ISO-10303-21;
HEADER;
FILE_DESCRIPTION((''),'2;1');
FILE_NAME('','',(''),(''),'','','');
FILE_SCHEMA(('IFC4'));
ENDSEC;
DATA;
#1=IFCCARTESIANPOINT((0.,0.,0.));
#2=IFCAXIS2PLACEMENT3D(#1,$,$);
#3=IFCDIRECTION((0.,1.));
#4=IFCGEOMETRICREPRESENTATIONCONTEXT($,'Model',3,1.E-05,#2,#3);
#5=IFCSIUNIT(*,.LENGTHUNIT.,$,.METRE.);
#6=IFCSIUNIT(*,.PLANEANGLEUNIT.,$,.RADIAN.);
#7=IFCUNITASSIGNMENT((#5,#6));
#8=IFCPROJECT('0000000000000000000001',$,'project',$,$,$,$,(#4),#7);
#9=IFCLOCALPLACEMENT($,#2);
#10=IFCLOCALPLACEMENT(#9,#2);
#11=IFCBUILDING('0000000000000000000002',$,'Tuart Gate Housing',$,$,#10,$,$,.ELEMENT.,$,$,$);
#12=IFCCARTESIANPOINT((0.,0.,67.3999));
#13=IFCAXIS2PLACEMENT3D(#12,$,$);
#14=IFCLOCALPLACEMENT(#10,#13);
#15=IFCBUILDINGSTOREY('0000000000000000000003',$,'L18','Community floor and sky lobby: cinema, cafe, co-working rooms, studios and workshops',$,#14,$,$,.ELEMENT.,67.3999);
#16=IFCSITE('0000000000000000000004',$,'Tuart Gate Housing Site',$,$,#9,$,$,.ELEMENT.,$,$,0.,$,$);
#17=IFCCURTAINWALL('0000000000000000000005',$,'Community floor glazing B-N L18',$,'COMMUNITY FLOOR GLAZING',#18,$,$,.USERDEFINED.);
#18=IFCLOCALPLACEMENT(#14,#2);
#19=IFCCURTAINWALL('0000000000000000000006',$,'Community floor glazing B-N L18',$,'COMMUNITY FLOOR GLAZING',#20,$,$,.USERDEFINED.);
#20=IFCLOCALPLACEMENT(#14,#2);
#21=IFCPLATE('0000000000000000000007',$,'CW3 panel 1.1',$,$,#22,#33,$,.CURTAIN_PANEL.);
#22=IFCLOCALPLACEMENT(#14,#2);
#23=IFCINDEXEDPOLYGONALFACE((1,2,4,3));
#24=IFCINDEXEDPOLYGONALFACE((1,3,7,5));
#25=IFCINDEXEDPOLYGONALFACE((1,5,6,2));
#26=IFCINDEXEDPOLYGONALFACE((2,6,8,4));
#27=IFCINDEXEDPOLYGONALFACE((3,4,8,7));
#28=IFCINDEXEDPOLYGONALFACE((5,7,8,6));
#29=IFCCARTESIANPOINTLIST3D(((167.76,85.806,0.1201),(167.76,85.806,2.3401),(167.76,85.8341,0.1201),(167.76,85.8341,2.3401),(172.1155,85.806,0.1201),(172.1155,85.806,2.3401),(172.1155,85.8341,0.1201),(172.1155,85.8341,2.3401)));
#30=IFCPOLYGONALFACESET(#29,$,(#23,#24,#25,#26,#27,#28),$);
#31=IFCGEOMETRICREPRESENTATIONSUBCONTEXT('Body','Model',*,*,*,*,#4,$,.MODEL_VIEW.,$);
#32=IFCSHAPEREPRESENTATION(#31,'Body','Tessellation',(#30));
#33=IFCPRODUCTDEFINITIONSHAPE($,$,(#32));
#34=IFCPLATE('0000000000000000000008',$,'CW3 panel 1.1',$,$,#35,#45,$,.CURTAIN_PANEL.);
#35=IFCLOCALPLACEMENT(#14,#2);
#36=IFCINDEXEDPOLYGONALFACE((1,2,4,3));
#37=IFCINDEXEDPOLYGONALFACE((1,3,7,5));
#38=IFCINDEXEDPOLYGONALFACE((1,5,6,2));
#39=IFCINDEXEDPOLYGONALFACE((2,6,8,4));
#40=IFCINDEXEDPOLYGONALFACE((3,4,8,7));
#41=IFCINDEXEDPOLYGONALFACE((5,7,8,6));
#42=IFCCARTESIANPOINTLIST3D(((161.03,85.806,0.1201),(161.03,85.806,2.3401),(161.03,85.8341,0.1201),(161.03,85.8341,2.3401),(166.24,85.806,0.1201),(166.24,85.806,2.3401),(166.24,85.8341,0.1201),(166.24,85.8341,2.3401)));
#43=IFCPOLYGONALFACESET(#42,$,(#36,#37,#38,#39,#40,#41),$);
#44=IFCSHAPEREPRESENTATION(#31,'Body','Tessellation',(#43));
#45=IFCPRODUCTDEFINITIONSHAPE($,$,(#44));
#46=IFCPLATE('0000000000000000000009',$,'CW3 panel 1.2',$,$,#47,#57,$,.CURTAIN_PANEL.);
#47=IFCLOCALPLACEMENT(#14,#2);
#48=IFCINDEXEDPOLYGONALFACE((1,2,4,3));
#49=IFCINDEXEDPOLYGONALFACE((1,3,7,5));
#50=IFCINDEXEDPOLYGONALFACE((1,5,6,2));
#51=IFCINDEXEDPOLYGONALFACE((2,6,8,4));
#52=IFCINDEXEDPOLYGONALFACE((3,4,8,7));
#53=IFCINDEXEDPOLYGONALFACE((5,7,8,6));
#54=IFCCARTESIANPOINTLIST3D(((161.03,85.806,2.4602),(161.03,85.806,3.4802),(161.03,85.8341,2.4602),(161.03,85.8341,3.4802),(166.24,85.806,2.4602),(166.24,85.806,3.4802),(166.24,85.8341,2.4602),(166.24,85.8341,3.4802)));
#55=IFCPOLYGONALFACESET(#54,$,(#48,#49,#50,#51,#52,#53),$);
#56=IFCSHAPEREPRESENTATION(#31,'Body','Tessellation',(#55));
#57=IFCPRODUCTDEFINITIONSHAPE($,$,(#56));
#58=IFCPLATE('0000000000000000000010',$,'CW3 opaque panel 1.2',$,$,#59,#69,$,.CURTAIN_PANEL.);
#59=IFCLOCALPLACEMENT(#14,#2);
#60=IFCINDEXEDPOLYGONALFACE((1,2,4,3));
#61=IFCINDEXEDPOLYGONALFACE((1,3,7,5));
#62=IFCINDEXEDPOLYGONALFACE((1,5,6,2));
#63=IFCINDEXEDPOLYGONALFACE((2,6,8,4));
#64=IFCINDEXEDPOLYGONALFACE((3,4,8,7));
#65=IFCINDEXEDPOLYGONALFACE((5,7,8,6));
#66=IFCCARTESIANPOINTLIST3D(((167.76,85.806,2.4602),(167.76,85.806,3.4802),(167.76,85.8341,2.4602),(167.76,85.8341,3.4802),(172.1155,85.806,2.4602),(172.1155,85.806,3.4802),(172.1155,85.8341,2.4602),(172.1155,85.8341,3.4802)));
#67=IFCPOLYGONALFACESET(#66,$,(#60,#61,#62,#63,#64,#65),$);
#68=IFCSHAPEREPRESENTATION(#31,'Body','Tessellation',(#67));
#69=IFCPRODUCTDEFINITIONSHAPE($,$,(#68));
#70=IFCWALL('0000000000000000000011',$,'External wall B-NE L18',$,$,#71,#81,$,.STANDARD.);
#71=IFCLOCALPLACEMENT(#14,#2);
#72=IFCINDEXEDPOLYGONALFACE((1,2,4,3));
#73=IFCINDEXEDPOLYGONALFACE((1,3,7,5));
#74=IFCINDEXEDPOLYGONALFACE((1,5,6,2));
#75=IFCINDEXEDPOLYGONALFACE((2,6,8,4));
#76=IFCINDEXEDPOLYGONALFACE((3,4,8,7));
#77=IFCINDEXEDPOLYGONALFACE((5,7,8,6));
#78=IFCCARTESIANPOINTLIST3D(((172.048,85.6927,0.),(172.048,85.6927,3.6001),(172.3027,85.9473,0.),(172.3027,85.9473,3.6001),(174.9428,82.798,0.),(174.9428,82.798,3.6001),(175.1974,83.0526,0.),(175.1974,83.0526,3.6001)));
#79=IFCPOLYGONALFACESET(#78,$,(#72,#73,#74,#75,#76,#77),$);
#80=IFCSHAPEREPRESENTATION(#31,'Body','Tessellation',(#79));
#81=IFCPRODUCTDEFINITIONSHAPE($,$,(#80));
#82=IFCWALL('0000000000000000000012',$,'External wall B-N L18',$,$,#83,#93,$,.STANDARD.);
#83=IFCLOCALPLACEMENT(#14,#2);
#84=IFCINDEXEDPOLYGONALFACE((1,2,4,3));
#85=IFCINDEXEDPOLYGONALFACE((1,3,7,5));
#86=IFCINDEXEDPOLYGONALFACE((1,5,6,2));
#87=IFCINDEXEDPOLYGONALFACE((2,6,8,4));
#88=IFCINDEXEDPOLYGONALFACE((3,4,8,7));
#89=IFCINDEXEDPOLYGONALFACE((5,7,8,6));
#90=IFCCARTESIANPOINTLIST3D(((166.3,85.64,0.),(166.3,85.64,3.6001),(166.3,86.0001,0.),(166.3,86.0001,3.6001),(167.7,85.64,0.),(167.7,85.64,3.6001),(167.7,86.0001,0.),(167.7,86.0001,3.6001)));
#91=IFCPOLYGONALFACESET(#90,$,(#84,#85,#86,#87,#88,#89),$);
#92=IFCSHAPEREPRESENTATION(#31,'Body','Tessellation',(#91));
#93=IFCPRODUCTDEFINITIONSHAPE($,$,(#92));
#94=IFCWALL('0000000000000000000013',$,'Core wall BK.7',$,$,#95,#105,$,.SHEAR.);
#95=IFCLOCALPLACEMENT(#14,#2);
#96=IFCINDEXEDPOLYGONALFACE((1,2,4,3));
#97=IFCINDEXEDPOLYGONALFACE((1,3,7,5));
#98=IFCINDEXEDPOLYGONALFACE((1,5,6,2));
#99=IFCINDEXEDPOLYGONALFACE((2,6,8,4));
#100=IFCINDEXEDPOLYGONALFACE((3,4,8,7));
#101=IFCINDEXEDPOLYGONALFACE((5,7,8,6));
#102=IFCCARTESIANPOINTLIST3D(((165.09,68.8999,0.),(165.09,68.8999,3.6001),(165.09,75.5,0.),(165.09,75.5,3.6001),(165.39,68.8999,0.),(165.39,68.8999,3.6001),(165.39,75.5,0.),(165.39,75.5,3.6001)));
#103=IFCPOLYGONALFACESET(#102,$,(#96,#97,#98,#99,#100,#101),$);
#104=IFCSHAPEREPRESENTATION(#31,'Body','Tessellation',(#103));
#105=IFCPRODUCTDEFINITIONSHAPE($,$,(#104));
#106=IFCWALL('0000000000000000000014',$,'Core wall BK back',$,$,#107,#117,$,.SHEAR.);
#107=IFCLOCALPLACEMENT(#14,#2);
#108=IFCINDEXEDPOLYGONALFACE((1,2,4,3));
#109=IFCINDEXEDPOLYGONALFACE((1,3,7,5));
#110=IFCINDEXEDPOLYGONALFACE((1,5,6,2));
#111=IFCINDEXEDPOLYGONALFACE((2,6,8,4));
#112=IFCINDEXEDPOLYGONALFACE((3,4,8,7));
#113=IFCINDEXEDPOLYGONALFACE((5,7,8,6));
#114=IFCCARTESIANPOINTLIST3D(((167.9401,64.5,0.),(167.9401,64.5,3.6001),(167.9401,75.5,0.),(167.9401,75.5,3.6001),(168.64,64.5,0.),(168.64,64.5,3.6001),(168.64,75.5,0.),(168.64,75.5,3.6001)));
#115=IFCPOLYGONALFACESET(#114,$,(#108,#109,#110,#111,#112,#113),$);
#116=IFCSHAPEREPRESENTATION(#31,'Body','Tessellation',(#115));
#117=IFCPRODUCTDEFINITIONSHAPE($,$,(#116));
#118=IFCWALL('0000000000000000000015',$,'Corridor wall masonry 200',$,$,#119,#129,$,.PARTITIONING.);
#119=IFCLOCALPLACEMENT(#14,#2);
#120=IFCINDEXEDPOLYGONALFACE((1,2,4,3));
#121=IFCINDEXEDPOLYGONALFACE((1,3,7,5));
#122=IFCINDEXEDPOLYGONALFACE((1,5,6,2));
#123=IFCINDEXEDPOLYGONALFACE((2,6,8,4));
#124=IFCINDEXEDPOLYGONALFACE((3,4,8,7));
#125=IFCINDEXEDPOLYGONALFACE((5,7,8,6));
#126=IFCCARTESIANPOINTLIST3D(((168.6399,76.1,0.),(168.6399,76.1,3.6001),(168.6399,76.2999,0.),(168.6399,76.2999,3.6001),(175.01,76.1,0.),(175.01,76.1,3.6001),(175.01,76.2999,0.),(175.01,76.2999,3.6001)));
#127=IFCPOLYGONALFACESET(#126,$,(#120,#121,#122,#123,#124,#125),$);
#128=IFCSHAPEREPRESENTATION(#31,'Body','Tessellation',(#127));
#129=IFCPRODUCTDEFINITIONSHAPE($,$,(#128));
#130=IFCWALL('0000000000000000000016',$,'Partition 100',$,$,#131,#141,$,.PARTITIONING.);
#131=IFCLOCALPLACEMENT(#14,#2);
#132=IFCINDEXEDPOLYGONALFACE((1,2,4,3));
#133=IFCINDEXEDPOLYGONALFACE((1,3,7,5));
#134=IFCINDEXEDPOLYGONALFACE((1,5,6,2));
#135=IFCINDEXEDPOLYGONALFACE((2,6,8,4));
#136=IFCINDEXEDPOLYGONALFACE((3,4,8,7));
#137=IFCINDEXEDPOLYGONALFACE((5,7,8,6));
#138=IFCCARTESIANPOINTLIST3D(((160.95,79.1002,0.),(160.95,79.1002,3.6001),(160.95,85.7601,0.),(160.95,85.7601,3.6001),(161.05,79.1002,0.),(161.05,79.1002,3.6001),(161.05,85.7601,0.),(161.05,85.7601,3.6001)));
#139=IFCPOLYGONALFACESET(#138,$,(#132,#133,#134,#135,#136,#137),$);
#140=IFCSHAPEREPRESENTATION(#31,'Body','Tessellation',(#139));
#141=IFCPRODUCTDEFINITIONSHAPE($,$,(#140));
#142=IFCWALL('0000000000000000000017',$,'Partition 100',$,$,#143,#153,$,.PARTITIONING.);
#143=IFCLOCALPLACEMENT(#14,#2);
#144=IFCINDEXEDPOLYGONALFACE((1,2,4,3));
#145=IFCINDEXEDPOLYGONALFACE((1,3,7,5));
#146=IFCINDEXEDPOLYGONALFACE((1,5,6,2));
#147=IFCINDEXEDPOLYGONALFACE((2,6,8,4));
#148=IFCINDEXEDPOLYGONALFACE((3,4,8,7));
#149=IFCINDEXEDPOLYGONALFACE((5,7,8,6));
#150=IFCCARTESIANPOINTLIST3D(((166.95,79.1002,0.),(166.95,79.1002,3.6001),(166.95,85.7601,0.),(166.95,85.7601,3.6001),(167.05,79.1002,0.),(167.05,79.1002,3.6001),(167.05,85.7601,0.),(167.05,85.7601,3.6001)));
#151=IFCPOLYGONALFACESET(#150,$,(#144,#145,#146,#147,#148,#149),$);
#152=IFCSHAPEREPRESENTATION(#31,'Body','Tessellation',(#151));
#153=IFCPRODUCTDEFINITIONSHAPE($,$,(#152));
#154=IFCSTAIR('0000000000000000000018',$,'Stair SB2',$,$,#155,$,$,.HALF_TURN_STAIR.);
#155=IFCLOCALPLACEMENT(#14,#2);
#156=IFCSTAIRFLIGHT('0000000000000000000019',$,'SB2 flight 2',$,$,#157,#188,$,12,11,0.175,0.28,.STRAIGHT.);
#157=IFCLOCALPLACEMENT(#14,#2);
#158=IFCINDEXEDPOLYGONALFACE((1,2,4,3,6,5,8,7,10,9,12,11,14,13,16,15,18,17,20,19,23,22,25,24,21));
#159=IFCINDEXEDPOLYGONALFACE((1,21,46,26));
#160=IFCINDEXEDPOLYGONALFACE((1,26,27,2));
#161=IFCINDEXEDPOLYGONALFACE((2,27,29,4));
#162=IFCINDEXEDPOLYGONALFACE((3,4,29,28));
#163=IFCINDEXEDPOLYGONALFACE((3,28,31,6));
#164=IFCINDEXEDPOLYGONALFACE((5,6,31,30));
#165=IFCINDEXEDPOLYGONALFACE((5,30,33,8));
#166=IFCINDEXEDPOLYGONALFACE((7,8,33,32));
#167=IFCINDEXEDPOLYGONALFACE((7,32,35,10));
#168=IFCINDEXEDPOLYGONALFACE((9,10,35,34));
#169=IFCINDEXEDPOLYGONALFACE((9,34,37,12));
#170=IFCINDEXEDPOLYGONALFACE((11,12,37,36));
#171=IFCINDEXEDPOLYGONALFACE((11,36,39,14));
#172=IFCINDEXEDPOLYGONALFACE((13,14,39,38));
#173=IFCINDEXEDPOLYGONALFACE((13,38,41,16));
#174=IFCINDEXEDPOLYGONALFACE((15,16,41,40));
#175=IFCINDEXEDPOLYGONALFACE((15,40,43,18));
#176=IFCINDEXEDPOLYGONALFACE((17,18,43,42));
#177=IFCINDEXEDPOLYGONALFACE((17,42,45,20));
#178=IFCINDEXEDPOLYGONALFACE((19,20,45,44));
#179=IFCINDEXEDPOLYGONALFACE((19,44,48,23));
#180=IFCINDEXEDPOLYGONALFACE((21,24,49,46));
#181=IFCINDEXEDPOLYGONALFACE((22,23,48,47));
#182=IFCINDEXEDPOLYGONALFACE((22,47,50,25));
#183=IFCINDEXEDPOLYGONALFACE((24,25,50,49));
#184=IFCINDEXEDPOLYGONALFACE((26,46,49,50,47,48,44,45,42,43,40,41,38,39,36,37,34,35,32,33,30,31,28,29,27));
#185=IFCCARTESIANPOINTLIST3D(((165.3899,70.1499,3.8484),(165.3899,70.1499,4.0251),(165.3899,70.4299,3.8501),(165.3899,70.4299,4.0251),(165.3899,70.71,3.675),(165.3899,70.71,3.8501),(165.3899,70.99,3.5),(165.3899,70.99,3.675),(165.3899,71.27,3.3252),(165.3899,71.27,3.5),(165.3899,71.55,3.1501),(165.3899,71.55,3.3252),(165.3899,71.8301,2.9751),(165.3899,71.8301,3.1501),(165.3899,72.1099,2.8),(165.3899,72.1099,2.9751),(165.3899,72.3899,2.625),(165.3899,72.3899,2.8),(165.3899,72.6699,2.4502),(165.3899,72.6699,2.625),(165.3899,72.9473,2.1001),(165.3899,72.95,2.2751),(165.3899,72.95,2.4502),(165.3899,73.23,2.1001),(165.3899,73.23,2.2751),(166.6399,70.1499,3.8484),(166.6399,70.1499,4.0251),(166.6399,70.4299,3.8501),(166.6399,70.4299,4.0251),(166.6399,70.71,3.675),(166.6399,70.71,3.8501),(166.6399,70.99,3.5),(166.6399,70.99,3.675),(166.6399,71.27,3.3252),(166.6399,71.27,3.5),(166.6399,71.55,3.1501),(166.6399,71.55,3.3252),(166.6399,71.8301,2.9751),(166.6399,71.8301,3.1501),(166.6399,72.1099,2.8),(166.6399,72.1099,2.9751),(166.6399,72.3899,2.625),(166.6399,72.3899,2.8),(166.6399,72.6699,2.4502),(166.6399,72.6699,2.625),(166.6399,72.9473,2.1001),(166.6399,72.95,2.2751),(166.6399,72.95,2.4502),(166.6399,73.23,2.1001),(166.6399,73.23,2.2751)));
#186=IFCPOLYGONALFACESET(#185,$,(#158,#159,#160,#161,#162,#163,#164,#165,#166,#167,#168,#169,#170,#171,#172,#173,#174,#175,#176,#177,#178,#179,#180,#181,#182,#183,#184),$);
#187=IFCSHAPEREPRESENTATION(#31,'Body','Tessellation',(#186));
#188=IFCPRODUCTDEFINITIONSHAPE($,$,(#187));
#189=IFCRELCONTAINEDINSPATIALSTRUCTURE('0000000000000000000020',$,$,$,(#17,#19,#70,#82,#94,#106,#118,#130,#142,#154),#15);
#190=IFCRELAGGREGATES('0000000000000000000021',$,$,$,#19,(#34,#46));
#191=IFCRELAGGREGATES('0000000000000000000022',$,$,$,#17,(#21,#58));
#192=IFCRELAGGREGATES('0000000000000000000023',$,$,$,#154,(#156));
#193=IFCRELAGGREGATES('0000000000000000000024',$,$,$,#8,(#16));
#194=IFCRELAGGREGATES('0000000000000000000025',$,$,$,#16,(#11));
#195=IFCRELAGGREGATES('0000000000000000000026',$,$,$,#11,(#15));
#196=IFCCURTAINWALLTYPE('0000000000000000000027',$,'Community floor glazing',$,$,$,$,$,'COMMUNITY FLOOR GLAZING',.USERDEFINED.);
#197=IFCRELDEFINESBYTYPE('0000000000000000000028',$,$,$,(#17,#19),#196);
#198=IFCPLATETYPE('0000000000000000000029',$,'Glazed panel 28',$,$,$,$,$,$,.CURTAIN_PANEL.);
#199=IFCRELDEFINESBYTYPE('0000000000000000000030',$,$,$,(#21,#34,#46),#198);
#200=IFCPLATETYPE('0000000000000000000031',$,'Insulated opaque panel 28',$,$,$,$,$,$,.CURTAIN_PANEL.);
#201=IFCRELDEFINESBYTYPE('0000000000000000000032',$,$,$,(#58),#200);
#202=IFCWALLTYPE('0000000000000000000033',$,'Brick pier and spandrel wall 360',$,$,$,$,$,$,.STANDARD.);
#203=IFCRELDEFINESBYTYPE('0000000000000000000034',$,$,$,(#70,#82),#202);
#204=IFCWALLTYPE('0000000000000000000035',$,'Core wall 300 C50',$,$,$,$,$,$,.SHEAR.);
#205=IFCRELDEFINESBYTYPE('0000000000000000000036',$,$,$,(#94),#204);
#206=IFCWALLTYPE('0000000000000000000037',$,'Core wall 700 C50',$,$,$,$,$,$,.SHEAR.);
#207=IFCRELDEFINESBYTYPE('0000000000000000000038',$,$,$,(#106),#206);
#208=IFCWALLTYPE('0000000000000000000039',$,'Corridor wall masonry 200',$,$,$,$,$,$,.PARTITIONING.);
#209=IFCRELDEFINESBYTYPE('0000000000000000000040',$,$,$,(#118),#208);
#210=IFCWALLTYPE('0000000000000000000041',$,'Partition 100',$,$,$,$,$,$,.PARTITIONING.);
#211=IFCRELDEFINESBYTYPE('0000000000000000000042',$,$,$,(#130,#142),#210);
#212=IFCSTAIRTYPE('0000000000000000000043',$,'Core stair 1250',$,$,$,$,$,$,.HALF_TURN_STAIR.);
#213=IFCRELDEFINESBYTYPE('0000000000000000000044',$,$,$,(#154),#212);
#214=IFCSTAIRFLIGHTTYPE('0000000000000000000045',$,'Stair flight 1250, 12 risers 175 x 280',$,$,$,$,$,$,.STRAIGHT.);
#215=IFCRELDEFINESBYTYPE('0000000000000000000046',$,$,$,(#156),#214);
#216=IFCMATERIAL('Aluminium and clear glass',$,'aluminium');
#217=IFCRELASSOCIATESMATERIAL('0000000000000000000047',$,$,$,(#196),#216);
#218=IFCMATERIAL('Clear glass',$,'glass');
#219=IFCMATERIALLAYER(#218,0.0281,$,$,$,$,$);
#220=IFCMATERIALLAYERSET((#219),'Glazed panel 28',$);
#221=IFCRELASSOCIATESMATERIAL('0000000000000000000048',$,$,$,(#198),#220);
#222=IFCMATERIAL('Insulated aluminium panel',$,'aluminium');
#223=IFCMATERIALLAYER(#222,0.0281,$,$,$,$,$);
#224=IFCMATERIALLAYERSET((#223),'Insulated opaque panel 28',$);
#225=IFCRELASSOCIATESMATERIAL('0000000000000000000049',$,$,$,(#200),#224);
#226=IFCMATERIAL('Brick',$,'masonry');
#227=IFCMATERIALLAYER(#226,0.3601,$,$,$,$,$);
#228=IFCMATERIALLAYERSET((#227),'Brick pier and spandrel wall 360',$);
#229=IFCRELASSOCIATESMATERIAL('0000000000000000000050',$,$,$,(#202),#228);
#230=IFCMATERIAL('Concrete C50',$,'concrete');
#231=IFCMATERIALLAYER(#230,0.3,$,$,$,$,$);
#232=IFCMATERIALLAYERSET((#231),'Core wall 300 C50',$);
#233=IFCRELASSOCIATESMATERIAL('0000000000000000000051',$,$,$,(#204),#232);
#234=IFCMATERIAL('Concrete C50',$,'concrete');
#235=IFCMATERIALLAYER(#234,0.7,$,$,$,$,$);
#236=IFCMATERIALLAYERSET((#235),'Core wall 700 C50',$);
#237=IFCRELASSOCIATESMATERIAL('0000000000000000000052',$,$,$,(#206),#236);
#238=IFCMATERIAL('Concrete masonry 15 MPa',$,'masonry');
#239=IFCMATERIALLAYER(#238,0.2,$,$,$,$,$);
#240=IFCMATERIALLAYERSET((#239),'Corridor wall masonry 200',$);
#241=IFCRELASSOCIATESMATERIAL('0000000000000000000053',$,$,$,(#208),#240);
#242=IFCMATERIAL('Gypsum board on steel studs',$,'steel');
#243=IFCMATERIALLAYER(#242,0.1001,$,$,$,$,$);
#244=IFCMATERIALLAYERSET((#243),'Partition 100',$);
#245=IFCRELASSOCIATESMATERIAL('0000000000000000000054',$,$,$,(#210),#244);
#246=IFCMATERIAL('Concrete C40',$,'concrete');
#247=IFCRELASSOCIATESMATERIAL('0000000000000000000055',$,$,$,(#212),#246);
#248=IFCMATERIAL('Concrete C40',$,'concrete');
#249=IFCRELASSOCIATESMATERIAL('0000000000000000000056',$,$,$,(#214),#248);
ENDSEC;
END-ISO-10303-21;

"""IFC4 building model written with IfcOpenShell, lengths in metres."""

from ifc_helpers import new_model, si_unit, direction, frame, frame_2d, origin, origin_2d, place, context, subcontext, project, spatial, polyline, rectangle, outline, extrude, material, layer, layer_set, type_object, element, aggregate, save


model = new_model("IFC4")

# Units and contexts
model_context = context("Model", 3, precision=1e-05, world=origin(), true_north=direction((0.0, 1.0)))
body_context = subcontext(model_context, "Body", "Model", "MODEL_VIEW")
ifc_project = project(units=[si_unit("LENGTHUNIT", "METRE"), si_unit("PLANEANGLEUNIT", "RADIAN")], contexts=[model_context])

# Site, building, storey
site_placement = place(None, origin())
site = spatial("IfcSite", under=ifc_project, at=site_placement, Name="Tuart Gate Housing Site", CompositionType="ELEMENT", RefElevation=0.0)
building_placement = place(site_placement, origin())
building = spatial("IfcBuilding", under=site, at=building_placement, Name="Tuart Gate Housing", CompositionType="ELEMENT")
storey_placement = place(building_placement, frame((0.0, 0.0, 67.3999)))
storey = spatial("IfcBuildingStorey", under=building, at=storey_placement, Name="L18", Description="Community floor and sky lobby: cinema, cafe, co-working rooms, studios and workshops", CompositionType="ELEMENT", Elevation=67.3999)

# Curtain walls
ifc_material_1 = material(Name="Aluminium and clear glass", Category="aluminium")
curtain_wall_type = type_object("IfcCurtainWallType", Name="Community floor glazing", ElementType="COMMUNITY FLOOR GLAZING", PredefinedType="USERDEFINED", material=ifc_material_1)
curtain_wall_1_placement = place(storey_placement, origin())
curtain_wall_1 = element("IfcCurtainWall", 1, at=curtain_wall_1_placement, inside=storey, type_object=curtain_wall_type, Name="Community floor glazing B-N L18", ObjectType="COMMUNITY FLOOR GLAZING", PredefinedType="USERDEFINED")
curtain_wall_2_placement = place(storey_placement, origin())
curtain_wall_2 = element("IfcCurtainWall", 2, at=curtain_wall_2_placement, inside=storey, type_object=curtain_wall_type, Name="Community floor glazing B-N L18", ObjectType="COMMUNITY FLOOR GLAZING", PredefinedType="USERDEFINED")

# Plates
ifc_material_2 = material(Name="Clear glass", Category="glass")
ifc_layer_1 = layer(ifc_material_2, 0.0281)
ifc_layer_set_1 = layer_set([ifc_layer_1], Name="Glazed panel 28")
plate_type_1 = type_object("IfcPlateType", Name="Glazed panel 28", PredefinedType="CURTAIN_PANEL", material=ifc_layer_set_1)
plate_1_placement = place(storey_placement, frame((169.9377, 85.8201, 0.1201), z_axis=(0.0, 0.0, 1.0), x_axis=(-1.0, 0.0, 0.0)))
plate_1 = element("IfcPlate", 3, at=plate_1_placement, type_object=plate_type_1, Name="CW3 panel 1.1", PredefinedType="CURTAIN_PANEL", context=body_context, shape_type="SweptSolid", body=[
    extrude(rectangle(XDim=4.3555, YDim=0.0281, at=origin_2d()), origin(), (0.0, 0.0, 1.0), 2.22),
])
plate_2_placement = place(storey_placement, frame((163.635, 85.8201, 0.1201), z_axis=(0.0, 0.0, 1.0), x_axis=(-1.0, 0.0, 0.0)))
plate_2 = element("IfcPlate", 4, at=plate_2_placement, type_object=plate_type_1, Name="CW3 panel 1.1", PredefinedType="CURTAIN_PANEL", context=body_context, shape_type="SweptSolid", body=[
    extrude(rectangle(XDim=5.21, YDim=0.0281, at=origin_2d()), origin(), (0.0, 0.0, 1.0), 2.22),
])
plate_3_placement = place(storey_placement, frame((163.635, 85.8201, 2.4602), z_axis=(0.0, 0.0, 1.0), x_axis=(-1.0, 0.0, 0.0)))
plate_3 = element("IfcPlate", 5, at=plate_3_placement, type_object=plate_type_1, Name="CW3 panel 1.2", PredefinedType="CURTAIN_PANEL", context=body_context, shape_type="SweptSolid", body=[
    extrude(rectangle(XDim=5.21, YDim=0.0281, at=origin_2d()), origin(), (0.0, 0.0, 1.0), 1.02),
])
aggregate(curtain_wall_2, [plate_2, plate_3])
ifc_material_3 = material(Name="Insulated aluminium panel", Category="aluminium")
ifc_layer_2 = layer(ifc_material_3, 0.0281)
ifc_layer_set_2 = layer_set([ifc_layer_2], Name="Insulated opaque panel 28")
plate_type_2 = type_object("IfcPlateType", Name="Insulated opaque panel 28", PredefinedType="CURTAIN_PANEL", material=ifc_layer_set_2)
plate_4_placement = place(storey_placement, frame((169.9377, 85.8201, 2.4602), z_axis=(0.0, 0.0, 1.0), x_axis=(-1.0, 0.0, 0.0)))
plate_4 = element("IfcPlate", 6, at=plate_4_placement, type_object=plate_type_2, Name="CW3 opaque panel 1.2", PredefinedType="CURTAIN_PANEL", context=body_context, shape_type="SweptSolid", body=[
    extrude(rectangle(XDim=4.3555, YDim=0.0281, at=origin_2d()), origin(), (0.0, 0.0, 1.0), 1.02),
])
aggregate(curtain_wall_1, [plate_1, plate_4])

# Walls
ifc_material_4 = material(Name="Brick", Category="masonry")
ifc_layer_3 = layer(ifc_material_4, 0.3601)
ifc_layer_set_3 = layer_set([ifc_layer_3], Name="Brick pier and spandrel wall 360")
wall_type_1 = type_object("IfcWallType", Name="Brick pier and spandrel wall 360", PredefinedType="STANDARD", material=ifc_layer_set_3)
wall_1_placement = place(storey_placement, frame((175.0701, 82.9253, 0.0), z_axis=(0.0, 0.0, 1.0), x_axis=(-0.707107, 0.707107, 0.0)))
element("IfcWall", 7, at=wall_1_placement, inside=storey, type_object=wall_type_1, Name="External wall B-NE L18", PredefinedType="STANDARD", context=body_context, shape_type="SweptSolid", body=[
    extrude(rectangle(XDim=4.0938, YDim=0.3601, at=frame_2d((2.0469, 0.0))), origin(), (0.0, 0.0, 1.0), 3.6001),
])
wall_2_placement = place(storey_placement, frame((167.7, 85.8201, 0.0), z_axis=(0.0, 0.0, 1.0), x_axis=(-1.0, 0.0, 0.0)))
element("IfcWall", 8, at=wall_2_placement, inside=storey, type_object=wall_type_1, Name="External wall B-N L18", PredefinedType="STANDARD", context=body_context, shape_type="SweptSolid", body=[
    extrude(rectangle(XDim=1.3999, YDim=0.3601, at=frame_2d((0.7, 0.0))), origin(), (0.0, 0.0, 1.0), 3.6001),
])
ifc_material_5 = material(Name="Concrete C50", Category="concrete")
ifc_layer_4 = layer(ifc_material_5, 0.3)
ifc_layer_set_4 = layer_set([ifc_layer_4], Name="Core wall 300 C50")
wall_type_2 = type_object("IfcWallType", Name="Core wall 300 C50", PredefinedType="SHEAR", material=ifc_layer_set_4)
wall_3_placement = place(storey_placement, frame((165.24, 75.5, 0.0), z_axis=(0.0, 0.0, 1.0), x_axis=(0.0, -1.0, 0.0)))
element("IfcWall", 9, at=wall_3_placement, inside=storey, type_object=wall_type_2, Name="Core wall BK.7", PredefinedType="SHEAR", context=body_context, shape_type="SweptSolid", body=[
    extrude(rectangle(XDim=6.6001, YDim=0.3, at=frame_2d((3.3, 0.0))), origin(), (0.0, 0.0, 1.0), 3.6001),
])
ifc_material_6 = material(Name="Concrete C50", Category="concrete")
ifc_layer_5 = layer(ifc_material_6, 0.7)
ifc_layer_set_5 = layer_set([ifc_layer_5], Name="Core wall 700 C50")
wall_type_3 = type_object("IfcWallType", Name="Core wall 700 C50", PredefinedType="SHEAR", material=ifc_layer_set_5)
wall_4_placement = place(storey_placement, frame((168.29, 75.5, 0.0), z_axis=(0.0, 0.0, 1.0), x_axis=(0.0, -1.0, 0.0)))
element("IfcWall", 10, at=wall_4_placement, inside=storey, type_object=wall_type_3, Name="Core wall BK back", PredefinedType="SHEAR", context=body_context, shape_type="SweptSolid", body=[
    extrude(rectangle(XDim=11.0, YDim=0.7, at=frame_2d((5.5, 0.0))), origin(), (0.0, 0.0, 1.0), 3.6001),
])
ifc_material_7 = material(Name="Concrete masonry 15 MPa", Category="masonry")
ifc_layer_6 = layer(ifc_material_7, 0.2)
ifc_layer_set_6 = layer_set([ifc_layer_6], Name="Corridor wall masonry 200")
wall_type_4 = type_object("IfcWallType", Name="Corridor wall masonry 200", PredefinedType="PARTITIONING", material=ifc_layer_set_6)
wall_5_placement = place(storey_placement, frame((168.6399, 76.2, 0.0), z_axis=(0.0, 0.0, 1.0), x_axis=(1.0, 0.0, 0.0)))
element("IfcWall", 11, at=wall_5_placement, inside=storey, type_object=wall_type_4, Name="Corridor wall masonry 200", PredefinedType="PARTITIONING", context=body_context, shape_type="SweptSolid", body=[
    extrude(rectangle(XDim=6.3701, YDim=0.2, at=frame_2d((3.1851, 0.0))), origin(), (0.0, 0.0, 1.0), 3.6001),
])
ifc_material_8 = material(Name="Gypsum board on steel studs", Category="steel")
ifc_layer_7 = layer(ifc_material_8, 0.1001)
ifc_layer_set_7 = layer_set([ifc_layer_7], Name="Partition 100")
wall_type_5 = type_object("IfcWallType", Name="Partition 100", PredefinedType="PARTITIONING", material=ifc_layer_set_7)
for number, where, z_axis, x_axis, name in (
    (12, (161.0, 79.1001, 0.0), (0.0, 0.0, 1.0), (0.0, 1.0, 0.0), "Partition 100"),
    (13, (167.0, 79.1001, 0.0), (0.0, 0.0, 1.0), (0.0, 1.0, 0.0), "Partition 100"),
):
    element("IfcWall", number, at=place(storey_placement, frame(where, z_axis=z_axis, x_axis=x_axis)), inside=storey, type_object=wall_type_5, Name=name, PredefinedType="PARTITIONING", context=body_context, shape_type="SweptSolid", body=[
        extrude(rectangle(XDim=6.6599, YDim=0.1001, at=frame_2d((3.3301, 0.0))), origin(), (0.0, 0.0, 1.0), 3.6001),
    ])

# Stair, stair flight
ifc_material_9 = material(Name="Concrete C40", Category="concrete")
stair_type = type_object("IfcStairType", Name="Core stair 1250", PredefinedType="HALF_TURN_STAIR", material=ifc_material_9)
stair_placement = place(storey_placement, origin())
stair = element("IfcStair", 14, at=stair_placement, inside=storey, type_object=stair_type, Name="Stair SB2", PredefinedType="HALF_TURN_STAIR")
ifc_material_10 = material(Name="Concrete C40", Category="concrete")
stair_flight_type = type_object("IfcStairFlightType", Name="Stair flight 1250, 12 risers 175 x 280", PredefinedType="STRAIGHT", material=ifc_material_10)
stair_flight_placement = place(storey_placement, frame((166.0149, 73.23, 2.1001), z_axis=(0.0, 0.0, 1.0), x_axis=(0.0, -1.0, 0.0)))
stair_flight = element("IfcStairFlight", 15, at=stair_flight_placement, type_object=stair_flight_type, Name="SB2 flight 2", NumberOfRisers=12, NumberOfTreads=11, PredefinedType="STRAIGHT", RiserHeight=0.175, TreadLength=0.28, context=body_context, shape_type="SweptSolid", body=[
    extrude(outline(polyline([(0.0, 0.0), (0.0, 0.175), (0.28, 0.175), (0.28, 0.3501), (0.5601, 0.3501), (0.5601, 0.5249), (0.8401, 0.5249), (0.8401, 0.7), (1.1201, 0.7), (1.1201, 0.875), (1.3999, 0.875), (1.3999, 1.05), (1.6799, 1.05), (1.6799, 1.2251), (1.96, 1.2251), (1.96, 1.3999), (2.24, 1.3999), (2.24, 1.575), (2.52, 1.575), (2.52, 1.75), (2.8, 1.75), (2.8, 1.925), (3.0801, 1.925), (3.0801, 2.1001), (3.0801, 1.7483), (0.2827, 0.0), (0.0, 0.0)])), frame((0.0, 0.625, 0.0), z_axis=(0.0, -1.0, 0.0), x_axis=(1.0, 0.0, 0.0)), (0.0, 0.0, 1.0), 1.25),
])
aggregate(stair, [stair_flight])

save(model, "model.ifc")
